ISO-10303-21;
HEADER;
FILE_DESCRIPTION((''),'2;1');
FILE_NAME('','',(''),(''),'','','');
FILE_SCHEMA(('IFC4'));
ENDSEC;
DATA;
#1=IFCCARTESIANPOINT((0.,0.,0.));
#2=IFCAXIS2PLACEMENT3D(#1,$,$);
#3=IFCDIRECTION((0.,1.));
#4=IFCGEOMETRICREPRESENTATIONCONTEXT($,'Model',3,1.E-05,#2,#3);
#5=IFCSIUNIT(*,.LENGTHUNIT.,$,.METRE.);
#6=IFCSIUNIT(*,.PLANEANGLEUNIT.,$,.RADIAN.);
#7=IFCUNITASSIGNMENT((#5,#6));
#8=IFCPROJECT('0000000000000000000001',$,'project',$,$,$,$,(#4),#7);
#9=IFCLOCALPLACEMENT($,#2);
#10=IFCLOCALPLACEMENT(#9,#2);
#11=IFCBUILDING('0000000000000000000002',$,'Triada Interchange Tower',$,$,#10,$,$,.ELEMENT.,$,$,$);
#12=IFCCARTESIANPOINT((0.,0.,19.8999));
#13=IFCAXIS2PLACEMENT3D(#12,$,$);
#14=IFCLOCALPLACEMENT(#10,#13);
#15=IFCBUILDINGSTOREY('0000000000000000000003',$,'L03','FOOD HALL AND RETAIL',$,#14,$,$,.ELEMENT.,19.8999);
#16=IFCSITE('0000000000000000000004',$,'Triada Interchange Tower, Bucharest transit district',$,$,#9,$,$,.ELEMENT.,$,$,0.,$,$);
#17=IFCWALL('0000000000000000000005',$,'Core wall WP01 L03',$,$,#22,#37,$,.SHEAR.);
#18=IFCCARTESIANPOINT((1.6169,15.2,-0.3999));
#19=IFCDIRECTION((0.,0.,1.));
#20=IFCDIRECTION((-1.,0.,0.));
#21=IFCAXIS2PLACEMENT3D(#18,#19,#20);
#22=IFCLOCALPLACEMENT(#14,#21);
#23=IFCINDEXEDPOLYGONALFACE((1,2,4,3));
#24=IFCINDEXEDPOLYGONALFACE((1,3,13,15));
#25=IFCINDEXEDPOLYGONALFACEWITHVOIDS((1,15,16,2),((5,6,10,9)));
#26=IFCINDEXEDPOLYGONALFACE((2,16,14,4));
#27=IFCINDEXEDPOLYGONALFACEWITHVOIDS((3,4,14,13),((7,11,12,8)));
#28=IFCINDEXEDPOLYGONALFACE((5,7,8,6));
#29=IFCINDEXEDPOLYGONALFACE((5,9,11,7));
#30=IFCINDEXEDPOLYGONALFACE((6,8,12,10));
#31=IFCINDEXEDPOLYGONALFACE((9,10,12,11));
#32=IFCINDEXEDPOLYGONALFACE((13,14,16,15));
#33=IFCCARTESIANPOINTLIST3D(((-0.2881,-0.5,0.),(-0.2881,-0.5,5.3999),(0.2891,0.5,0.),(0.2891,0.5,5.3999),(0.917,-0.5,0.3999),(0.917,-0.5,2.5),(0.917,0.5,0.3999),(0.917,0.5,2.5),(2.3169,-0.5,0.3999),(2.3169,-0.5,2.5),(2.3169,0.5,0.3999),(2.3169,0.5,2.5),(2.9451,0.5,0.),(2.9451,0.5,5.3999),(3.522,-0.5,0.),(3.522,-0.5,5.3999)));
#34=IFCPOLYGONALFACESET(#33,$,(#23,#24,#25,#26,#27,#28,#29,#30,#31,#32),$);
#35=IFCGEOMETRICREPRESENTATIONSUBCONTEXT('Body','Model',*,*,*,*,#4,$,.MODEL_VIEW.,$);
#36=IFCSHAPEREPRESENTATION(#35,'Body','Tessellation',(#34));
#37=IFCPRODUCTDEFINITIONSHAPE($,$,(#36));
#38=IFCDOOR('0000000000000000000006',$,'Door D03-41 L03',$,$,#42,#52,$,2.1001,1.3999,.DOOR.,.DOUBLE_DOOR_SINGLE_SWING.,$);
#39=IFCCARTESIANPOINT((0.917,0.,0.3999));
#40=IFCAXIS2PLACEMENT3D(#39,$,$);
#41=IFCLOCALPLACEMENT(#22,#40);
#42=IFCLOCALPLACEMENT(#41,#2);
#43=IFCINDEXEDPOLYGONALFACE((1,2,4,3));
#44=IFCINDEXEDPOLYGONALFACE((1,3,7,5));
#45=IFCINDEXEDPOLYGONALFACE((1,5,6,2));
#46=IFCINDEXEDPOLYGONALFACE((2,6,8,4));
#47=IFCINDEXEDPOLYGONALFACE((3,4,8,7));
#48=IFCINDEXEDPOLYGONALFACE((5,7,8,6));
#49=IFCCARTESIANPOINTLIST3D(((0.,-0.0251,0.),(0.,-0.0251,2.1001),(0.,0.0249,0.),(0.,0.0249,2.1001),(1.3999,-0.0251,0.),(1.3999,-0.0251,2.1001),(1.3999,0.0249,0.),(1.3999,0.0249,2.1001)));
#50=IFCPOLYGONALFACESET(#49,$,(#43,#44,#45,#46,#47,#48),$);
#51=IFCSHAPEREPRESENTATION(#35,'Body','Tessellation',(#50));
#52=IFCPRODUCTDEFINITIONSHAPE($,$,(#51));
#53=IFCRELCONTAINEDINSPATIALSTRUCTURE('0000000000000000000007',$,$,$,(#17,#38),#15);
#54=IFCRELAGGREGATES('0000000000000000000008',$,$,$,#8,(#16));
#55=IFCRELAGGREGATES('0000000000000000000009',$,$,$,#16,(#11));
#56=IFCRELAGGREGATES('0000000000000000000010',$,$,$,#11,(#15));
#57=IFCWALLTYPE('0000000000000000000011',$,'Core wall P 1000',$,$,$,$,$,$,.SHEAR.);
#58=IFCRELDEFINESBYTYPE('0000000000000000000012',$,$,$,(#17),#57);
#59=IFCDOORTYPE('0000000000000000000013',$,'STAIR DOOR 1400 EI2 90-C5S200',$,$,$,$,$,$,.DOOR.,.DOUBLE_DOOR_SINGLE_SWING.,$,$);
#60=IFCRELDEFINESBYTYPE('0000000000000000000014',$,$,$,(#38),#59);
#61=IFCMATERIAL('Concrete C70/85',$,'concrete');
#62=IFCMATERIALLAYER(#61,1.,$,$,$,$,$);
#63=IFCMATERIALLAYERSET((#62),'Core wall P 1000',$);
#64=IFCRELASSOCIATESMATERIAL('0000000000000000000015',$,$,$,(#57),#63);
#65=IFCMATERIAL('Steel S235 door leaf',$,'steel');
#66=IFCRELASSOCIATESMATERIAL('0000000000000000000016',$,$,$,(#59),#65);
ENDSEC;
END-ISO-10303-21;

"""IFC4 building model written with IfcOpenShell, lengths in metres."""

from ifc_helpers import new_model, si_unit, direction, frame, frame_2d, origin, place, context, subcontext, project, spatial, polyline, rectangle, outline, extrude, material, layer, layer_set, type_object, element, fill, save


model = new_model("IFC4")

# Units and contexts
model_context = context("Model", 3, precision=1e-05, world=origin(), true_north=direction((0.0, 1.0)))
body_context = subcontext(model_context, "Body", "Model", "MODEL_VIEW")
ifc_project = project(units=[si_unit("LENGTHUNIT", "METRE"), si_unit("PLANEANGLEUNIT", "RADIAN")], contexts=[model_context])

# Site, building, storey
site_placement = place(None, origin())
site = spatial("IfcSite", under=ifc_project, at=site_placement, Name="Triada Interchange Tower, Bucharest transit district", CompositionType="ELEMENT", RefElevation=0.0)
building_placement = place(site_placement, origin())
building = spatial("IfcBuilding", under=site, at=building_placement, Name="Triada Interchange Tower", CompositionType="ELEMENT")
storey_placement = place(building_placement, frame((0.0, 0.0, 19.8999)))
storey = spatial("IfcBuildingStorey", under=building, at=storey_placement, Name="L03", Description="FOOD HALL AND RETAIL", CompositionType="ELEMENT", Elevation=19.8999)

# Wall, opening, door
ifc_material_1 = material(Name="Concrete C70/85", Category="concrete")
ifc_layer_1 = layer(ifc_material_1, 1.0)
ifc_layer_set_1 = layer_set([ifc_layer_1], Name="Core wall P 1000")
wall_type_1 = type_object("IfcWallType", Name="Core wall P 1000", PredefinedType="SHEAR", material=ifc_layer_set_1)
wall_1_placement = place(storey_placement, frame((1.6169, 15.2, -0.3999), z_axis=(0.0, 0.0, 1.0), x_axis=(-1.0, 0.0, 0.0)))
wall_1 = element("IfcWall", 1, at=wall_1_placement, inside=storey, type_object=wall_type_1, Name="Core wall WP01 L03", PredefinedType="SHEAR", context=body_context, shape_type="SweptSolid", body=[
    extrude(outline(polyline([(-0.2881, -0.5), (1.6169, -0.5), (3.522, -0.5), (2.9451, 0.5), (1.6172, 0.5), (0.2891, 0.5), (-0.2881, -0.5)])), origin(), (0.0, 0.0, 1.0), 5.3999),
])
opening_1_placement = place(wall_1_placement, frame((0.917, 0.0, 0.3999)))
opening_1 = element("IfcOpeningElement", 2, at=opening_1_placement, cuts=wall_1, PredefinedType="OPENING", context=body_context, shape_type="SweptSolid", body=[
    extrude(rectangle(XDim=1.3999, YDim=2.1001, at=frame_2d((0.7, 1.05))), frame((0.0, 0.51, 0.0), z_axis=(0.0, -1.0, 0.0), x_axis=(1.0, 0.0, 0.0)), (0.0, 0.0, 1.0), 1.02),
])
ifc_material_2 = material(Name="Steel S235 door leaf", Category="steel")
door_type_1 = type_object("IfcDoorType", Name="STAIR DOOR 1400 EI2 90-C5S200", OperationType="DOUBLE_DOOR_SINGLE_SWING", PredefinedType="DOOR", material=ifc_material_2)
door_1_placement = place(opening_1_placement, origin())
door_1 = element("IfcDoor", 3, at=door_1_placement, inside=storey, type_object=door_type_1, Name="Door D03-41 L03", OperationType="DOUBLE_DOOR_SINGLE_SWING", OverallHeight=2.1001, OverallWidth=1.3999, PredefinedType="DOOR", context=body_context, shape_type="SweptSolid", body=[
    extrude(rectangle(XDim=1.3999, YDim=2.1001, at=frame_2d((0.7, 1.05))), frame((0.0, 0.0249, 0.0), z_axis=(0.0, -1.0, 0.0), x_axis=(1.0, 0.0, 0.0)), (0.0, 0.0, 1.0), 0.05),
])
fill(opening_1, door_1)

save(model, "model.ifc")
